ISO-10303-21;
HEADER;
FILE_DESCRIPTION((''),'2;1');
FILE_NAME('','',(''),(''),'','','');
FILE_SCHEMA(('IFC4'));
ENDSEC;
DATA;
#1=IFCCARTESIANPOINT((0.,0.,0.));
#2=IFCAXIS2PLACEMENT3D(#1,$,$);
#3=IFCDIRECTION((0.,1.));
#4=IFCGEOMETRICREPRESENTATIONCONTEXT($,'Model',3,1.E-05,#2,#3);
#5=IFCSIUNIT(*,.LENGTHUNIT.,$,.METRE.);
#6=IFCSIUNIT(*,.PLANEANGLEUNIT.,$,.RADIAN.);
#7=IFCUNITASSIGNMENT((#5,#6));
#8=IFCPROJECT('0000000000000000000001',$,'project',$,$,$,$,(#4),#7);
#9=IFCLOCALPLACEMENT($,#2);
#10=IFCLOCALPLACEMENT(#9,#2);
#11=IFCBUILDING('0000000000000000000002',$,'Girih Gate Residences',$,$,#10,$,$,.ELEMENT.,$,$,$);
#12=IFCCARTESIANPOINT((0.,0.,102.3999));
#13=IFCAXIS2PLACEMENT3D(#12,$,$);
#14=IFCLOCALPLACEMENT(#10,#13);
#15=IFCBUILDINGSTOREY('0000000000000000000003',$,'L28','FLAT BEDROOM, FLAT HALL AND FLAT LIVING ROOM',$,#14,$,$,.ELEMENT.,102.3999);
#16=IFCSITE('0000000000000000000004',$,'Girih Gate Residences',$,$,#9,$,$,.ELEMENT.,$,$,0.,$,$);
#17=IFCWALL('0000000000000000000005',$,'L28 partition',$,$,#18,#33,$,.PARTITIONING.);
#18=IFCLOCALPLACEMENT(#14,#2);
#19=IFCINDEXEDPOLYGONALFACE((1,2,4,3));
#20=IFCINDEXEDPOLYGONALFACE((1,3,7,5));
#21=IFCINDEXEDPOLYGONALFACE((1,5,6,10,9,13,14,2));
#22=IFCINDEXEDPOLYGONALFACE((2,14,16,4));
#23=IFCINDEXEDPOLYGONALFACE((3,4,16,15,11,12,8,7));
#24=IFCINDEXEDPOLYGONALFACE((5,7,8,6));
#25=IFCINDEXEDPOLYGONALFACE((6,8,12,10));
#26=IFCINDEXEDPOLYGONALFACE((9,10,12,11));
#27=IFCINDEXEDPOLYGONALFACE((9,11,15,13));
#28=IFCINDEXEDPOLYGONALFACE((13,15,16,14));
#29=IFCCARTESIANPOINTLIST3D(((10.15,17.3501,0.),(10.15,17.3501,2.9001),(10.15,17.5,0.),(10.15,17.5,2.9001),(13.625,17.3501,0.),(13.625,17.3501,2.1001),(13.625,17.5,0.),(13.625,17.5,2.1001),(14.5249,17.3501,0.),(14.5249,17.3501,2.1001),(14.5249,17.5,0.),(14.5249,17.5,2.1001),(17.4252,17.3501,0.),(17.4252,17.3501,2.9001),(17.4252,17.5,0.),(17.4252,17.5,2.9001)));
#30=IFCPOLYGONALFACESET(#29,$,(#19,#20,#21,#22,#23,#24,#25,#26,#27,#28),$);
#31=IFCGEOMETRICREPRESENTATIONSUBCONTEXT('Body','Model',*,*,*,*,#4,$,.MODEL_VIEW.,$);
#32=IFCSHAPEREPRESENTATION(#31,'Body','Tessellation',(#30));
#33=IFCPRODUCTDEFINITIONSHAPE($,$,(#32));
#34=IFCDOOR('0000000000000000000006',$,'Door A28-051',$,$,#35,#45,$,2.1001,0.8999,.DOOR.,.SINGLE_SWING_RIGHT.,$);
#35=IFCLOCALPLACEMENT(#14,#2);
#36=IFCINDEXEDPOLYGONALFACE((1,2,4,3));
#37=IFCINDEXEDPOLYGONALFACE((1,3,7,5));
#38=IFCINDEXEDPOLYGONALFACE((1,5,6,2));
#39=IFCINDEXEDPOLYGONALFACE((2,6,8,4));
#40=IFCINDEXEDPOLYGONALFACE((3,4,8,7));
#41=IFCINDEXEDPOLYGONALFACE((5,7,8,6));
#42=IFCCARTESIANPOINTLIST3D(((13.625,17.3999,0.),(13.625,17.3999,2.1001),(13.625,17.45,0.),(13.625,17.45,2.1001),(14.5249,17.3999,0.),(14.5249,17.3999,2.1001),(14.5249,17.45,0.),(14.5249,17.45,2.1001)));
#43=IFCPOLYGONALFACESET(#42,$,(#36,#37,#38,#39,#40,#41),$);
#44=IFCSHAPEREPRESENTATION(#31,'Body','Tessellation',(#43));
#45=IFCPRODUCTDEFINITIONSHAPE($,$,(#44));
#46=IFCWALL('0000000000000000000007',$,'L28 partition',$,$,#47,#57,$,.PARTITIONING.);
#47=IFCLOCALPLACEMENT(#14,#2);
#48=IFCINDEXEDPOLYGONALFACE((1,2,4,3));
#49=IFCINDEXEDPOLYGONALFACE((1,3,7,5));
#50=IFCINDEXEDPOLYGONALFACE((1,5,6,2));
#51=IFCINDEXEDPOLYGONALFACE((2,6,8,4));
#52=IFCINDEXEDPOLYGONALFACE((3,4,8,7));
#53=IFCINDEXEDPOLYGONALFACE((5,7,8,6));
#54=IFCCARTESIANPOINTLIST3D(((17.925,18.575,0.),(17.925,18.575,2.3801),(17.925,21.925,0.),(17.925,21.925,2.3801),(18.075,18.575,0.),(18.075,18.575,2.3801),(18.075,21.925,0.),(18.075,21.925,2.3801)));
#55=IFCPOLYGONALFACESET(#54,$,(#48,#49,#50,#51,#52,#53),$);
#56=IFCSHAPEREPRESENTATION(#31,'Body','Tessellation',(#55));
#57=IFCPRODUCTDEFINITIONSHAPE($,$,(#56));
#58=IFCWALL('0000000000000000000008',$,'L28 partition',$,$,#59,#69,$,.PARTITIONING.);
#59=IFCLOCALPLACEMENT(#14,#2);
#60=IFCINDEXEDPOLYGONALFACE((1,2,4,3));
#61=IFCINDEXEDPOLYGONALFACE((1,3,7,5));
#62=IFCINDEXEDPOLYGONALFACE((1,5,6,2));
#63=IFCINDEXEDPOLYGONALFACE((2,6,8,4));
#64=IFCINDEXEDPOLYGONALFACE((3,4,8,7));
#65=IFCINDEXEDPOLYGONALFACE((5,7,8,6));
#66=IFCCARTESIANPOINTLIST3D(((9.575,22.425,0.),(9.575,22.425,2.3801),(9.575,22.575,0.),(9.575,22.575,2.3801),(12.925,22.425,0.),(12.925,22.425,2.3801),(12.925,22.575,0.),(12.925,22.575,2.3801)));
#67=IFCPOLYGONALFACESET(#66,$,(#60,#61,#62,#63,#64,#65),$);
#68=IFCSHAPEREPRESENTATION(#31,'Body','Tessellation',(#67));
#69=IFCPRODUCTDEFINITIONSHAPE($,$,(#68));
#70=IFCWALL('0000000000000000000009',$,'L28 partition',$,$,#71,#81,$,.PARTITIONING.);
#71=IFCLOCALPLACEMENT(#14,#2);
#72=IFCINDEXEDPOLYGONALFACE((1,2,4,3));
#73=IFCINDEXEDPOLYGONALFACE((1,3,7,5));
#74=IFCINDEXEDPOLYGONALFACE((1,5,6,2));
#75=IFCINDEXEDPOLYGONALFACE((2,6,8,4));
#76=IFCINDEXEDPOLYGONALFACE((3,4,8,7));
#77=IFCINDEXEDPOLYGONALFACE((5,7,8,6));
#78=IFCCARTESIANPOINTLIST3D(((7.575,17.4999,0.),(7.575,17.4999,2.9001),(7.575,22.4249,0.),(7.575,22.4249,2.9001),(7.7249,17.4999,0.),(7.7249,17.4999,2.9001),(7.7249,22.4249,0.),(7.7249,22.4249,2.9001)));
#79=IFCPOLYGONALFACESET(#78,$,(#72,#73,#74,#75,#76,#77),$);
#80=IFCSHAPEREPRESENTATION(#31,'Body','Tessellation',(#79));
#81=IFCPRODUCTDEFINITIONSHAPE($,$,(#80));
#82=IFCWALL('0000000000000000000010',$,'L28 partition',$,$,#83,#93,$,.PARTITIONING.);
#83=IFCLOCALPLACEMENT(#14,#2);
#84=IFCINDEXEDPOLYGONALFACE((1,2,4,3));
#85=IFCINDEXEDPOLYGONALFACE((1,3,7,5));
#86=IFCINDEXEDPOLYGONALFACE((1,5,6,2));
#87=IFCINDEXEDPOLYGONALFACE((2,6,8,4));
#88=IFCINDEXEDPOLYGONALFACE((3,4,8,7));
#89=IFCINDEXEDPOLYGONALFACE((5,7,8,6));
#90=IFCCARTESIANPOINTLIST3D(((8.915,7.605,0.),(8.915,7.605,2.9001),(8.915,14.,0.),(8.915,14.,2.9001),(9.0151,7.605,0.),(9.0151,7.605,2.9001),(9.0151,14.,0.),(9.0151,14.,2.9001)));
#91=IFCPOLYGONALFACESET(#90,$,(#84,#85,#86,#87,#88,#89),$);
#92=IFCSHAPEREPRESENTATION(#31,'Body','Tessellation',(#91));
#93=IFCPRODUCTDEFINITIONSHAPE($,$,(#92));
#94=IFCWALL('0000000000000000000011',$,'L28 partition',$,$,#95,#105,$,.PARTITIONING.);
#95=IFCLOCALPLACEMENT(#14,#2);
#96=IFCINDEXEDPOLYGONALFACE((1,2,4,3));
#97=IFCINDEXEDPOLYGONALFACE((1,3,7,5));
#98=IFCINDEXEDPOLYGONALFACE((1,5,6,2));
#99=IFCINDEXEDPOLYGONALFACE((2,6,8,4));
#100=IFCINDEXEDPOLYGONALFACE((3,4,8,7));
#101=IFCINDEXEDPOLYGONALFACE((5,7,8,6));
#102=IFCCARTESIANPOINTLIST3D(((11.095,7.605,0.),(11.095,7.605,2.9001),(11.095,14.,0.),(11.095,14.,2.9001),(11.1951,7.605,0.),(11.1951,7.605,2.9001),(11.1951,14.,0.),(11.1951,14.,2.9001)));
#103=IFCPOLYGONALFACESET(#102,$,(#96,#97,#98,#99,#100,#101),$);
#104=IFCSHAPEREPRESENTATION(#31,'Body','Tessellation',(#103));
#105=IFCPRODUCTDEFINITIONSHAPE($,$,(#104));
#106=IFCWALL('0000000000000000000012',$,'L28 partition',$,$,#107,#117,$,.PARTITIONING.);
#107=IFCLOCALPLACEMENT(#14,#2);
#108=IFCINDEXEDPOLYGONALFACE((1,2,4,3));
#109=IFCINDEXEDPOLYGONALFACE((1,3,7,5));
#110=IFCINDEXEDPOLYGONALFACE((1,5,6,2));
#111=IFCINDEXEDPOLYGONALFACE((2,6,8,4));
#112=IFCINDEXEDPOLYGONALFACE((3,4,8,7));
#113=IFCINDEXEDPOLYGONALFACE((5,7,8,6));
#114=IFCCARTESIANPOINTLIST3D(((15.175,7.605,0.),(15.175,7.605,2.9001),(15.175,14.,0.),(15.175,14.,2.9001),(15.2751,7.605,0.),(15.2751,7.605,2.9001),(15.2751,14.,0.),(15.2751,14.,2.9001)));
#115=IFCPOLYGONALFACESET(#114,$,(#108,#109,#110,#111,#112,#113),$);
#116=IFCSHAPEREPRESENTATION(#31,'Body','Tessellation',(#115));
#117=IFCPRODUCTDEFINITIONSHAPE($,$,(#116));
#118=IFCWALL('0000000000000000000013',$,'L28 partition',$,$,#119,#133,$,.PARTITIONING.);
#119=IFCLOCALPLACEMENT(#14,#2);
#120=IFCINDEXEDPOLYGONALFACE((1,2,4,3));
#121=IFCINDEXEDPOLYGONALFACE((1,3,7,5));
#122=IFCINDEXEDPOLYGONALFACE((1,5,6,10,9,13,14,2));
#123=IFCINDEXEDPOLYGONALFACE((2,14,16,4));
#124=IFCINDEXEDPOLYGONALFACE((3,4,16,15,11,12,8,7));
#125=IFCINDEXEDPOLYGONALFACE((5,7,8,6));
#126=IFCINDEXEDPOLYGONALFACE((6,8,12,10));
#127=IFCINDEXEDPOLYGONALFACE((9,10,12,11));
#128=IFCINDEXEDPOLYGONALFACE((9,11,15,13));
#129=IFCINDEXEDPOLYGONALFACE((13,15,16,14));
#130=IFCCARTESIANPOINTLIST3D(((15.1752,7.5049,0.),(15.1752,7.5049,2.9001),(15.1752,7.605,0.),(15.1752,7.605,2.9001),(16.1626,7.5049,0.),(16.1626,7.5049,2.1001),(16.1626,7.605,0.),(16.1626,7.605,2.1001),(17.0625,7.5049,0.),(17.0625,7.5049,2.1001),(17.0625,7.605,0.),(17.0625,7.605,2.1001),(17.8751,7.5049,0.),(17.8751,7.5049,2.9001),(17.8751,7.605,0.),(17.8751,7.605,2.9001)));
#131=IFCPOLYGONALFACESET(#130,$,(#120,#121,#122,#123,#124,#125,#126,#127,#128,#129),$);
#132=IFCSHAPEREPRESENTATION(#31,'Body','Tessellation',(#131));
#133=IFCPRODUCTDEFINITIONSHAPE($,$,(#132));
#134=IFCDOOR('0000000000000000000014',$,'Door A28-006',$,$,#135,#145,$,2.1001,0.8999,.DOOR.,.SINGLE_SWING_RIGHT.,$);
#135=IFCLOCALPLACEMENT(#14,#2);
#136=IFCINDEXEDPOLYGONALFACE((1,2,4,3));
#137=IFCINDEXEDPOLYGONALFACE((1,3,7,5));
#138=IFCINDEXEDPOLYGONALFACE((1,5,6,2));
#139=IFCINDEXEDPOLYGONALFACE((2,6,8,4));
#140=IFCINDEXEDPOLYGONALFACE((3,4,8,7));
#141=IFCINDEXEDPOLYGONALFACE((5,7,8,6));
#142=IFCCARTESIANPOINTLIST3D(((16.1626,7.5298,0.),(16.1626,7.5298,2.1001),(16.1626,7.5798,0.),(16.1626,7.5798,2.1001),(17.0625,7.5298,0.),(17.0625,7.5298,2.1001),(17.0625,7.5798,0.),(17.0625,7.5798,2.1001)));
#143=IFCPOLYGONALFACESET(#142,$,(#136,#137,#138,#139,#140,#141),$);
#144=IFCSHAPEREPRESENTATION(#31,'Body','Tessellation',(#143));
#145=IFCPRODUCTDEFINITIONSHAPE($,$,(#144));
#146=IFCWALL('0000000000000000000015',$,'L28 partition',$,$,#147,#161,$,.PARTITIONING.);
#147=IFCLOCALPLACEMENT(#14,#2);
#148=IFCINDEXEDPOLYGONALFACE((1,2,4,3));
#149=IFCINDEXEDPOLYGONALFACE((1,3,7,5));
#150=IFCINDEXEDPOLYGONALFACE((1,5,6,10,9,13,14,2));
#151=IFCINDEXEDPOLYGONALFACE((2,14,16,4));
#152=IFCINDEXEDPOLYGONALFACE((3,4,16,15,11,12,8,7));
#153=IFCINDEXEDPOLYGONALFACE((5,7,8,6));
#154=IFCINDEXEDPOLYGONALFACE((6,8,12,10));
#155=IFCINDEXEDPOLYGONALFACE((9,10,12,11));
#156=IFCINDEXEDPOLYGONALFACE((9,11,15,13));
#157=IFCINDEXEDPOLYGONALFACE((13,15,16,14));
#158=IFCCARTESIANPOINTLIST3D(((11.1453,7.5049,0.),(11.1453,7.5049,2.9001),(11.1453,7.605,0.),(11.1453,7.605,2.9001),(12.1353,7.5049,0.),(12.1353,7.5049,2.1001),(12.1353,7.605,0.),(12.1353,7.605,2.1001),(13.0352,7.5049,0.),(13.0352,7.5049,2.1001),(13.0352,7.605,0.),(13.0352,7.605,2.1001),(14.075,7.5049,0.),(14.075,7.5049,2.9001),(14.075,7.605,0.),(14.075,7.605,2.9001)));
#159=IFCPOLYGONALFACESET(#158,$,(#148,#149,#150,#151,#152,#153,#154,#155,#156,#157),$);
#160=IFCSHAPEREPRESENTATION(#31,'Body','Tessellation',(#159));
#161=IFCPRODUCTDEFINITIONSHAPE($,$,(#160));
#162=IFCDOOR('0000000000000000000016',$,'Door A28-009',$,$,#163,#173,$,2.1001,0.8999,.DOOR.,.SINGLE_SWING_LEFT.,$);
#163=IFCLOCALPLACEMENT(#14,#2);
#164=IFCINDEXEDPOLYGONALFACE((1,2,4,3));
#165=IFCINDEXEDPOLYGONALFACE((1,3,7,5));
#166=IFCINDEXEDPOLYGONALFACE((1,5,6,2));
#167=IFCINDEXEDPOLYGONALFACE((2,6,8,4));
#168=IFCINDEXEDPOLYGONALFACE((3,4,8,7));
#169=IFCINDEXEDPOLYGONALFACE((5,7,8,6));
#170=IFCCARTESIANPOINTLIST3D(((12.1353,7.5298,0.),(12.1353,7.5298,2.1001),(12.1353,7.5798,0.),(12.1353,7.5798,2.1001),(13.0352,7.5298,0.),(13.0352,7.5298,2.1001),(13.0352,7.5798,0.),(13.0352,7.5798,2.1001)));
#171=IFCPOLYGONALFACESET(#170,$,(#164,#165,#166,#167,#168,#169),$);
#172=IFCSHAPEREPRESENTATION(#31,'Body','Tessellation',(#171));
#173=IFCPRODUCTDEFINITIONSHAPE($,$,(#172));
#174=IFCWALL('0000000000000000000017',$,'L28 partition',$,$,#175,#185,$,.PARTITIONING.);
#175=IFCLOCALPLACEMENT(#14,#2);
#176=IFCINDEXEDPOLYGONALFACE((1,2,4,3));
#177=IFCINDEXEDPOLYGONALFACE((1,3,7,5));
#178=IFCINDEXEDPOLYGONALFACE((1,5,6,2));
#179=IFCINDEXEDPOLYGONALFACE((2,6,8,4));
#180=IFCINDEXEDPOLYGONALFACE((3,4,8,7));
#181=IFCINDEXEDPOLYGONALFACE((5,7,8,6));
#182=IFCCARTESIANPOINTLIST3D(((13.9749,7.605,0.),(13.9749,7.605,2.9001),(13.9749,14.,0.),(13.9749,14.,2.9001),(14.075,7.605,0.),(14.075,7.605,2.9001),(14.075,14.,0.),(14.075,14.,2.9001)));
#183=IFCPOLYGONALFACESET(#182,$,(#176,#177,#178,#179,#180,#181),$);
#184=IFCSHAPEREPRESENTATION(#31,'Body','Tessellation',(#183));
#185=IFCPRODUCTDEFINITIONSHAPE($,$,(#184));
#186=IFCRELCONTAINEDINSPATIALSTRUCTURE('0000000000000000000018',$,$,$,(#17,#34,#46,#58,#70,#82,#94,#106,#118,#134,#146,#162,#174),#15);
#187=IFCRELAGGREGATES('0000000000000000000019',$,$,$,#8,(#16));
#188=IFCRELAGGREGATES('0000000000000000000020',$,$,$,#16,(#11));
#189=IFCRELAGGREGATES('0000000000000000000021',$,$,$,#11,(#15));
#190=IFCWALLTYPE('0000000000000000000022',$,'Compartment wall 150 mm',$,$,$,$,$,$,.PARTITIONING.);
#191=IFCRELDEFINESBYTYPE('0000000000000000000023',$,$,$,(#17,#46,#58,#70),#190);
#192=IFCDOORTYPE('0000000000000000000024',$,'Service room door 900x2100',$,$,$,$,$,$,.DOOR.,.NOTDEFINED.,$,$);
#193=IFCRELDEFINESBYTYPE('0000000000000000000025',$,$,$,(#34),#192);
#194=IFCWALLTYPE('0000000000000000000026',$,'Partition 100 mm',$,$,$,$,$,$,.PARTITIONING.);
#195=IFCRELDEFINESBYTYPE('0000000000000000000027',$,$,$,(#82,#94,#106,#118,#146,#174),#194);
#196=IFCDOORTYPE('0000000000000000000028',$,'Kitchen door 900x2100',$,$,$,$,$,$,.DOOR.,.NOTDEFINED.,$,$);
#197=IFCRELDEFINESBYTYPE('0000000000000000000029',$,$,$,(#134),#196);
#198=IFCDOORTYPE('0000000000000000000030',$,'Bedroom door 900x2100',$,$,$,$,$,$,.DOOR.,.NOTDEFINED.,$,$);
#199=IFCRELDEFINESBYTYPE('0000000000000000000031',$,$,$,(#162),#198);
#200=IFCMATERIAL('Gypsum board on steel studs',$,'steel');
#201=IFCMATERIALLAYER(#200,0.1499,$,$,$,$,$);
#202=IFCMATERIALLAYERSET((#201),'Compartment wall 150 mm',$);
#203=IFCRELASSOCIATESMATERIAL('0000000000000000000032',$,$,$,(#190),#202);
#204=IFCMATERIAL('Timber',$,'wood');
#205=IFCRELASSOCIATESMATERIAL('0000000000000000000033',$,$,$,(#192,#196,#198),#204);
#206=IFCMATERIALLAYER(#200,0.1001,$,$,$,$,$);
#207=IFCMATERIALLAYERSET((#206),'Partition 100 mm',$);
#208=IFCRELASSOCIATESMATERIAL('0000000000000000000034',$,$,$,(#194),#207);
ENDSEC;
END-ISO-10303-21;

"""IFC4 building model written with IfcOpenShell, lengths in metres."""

from ifc_helpers import new_model, si_unit, direction, frame, frame_2d, origin, place, context, subcontext, project, spatial, rectangle, extrude, material, layer, layer_set, type_object, element, fill, save


model = new_model("IFC4")

# Units and contexts
model_context = context("Model", 3, precision=1e-05, world=origin(), true_north=direction((0.0, 1.0)))
body_context = subcontext(model_context, "Body", "Model", "MODEL_VIEW")
ifc_project = project(units=[si_unit("LENGTHUNIT", "METRE"), si_unit("PLANEANGLEUNIT", "RADIAN")], contexts=[model_context])

# Site, building, storey
site_placement = place(None, origin())
site = spatial("IfcSite", under=ifc_project, at=site_placement, Name="Girih Gate Residences", CompositionType="ELEMENT", RefElevation=0.0)
building_placement = place(site_placement, origin())
building = spatial("IfcBuilding", under=site, at=building_placement, Name="Girih Gate Residences", CompositionType="ELEMENT")
storey_placement = place(building_placement, frame((0.0, 0.0, 102.3999)))
storey = spatial("IfcBuildingStorey", under=building, at=storey_placement, Name="L28", Description="FLAT BEDROOM, FLAT HALL AND FLAT LIVING ROOM", CompositionType="ELEMENT", Elevation=102.3999)

# Shared definitions
ifc_material_1 = material(Name="Gypsum board on steel studs", Category="steel")

# Shared definitions
ifc_layer_1 = layer(ifc_material_1, 0.1499)
ifc_layer_set_1 = layer_set([ifc_layer_1], Name="Compartment wall 150 mm")
wall_type_1 = type_object("IfcWallType", Name="Compartment wall 150 mm", PredefinedType="PARTITIONING", material=ifc_layer_set_1)

# Wall, opening, door
wall_1_placement = place(storey_placement, frame((10.1499, 17.425, 0.0), z_axis=(0.0, 0.0, 1.0), x_axis=(1.0, 0.0, 0.0)))
wall_1 = element("IfcWall", 1, at=wall_1_placement, inside=storey, type_object=wall_type_1, Name="L28 partition", PredefinedType="PARTITIONING", context=body_context, shape_type="SweptSolid", body=[
    extrude(rectangle(XDim=7.2751, YDim=0.1499, at=frame_2d((3.6377, 0.0))), origin(), (0.0, 0.0, 1.0), 2.9001),
])
opening_1_placement = place(wall_1_placement, frame((3.4751, 0.0, 0.0)))
opening_1 = element("IfcOpeningElement", 2, at=opening_1_placement, cuts=wall_1, PredefinedType="OPENING", context=body_context, shape_type="SweptSolid", body=[
    extrude(rectangle(XDim=0.8999, YDim=2.1001, at=frame_2d((0.45, 1.05))), frame((0.0, 0.085, 0.0), z_axis=(0.0, -1.0, 0.0), x_axis=(1.0, 0.0, 0.0)), (0.0, 0.0, 1.0), 0.1699),
])
ifc_material_2 = material(Name="Timber", Category="wood")
door_type_1 = type_object("IfcDoorType", Name="Service room door 900x2100", OperationType="NOTDEFINED", PredefinedType="DOOR", material=ifc_material_2)
door_1_placement = place(opening_1_placement, origin())
door_1 = element("IfcDoor", 3, at=door_1_placement, inside=storey, type_object=door_type_1, Name="Door A28-051", OperationType="SINGLE_SWING_RIGHT", OverallHeight=2.1001, OverallWidth=0.8999, PredefinedType="DOOR", context=body_context, shape_type="SweptSolid", body=[
    extrude(rectangle(XDim=0.8999, YDim=2.1001, at=frame_2d((0.45, 1.05))), frame((0.0, 0.0249, 0.0), z_axis=(0.0, -1.0, 0.0), x_axis=(1.0, 0.0, 0.0)), (0.0, 0.0, 1.0), 0.05),
])
fill(opening_1, door_1)

# Walls
for number, where, z_axis, x_axis, name in (
    (4, (18.0, 18.575, 0.0), (0.0, 0.0, 1.0), (0.0, 1.0, 0.0), "L28 partition"),
    (5, (9.575, 22.5, 0.0), (0.0, 0.0, 1.0), (1.0, 0.0, 0.0), "L28 partition"),
):
    element("IfcWall", number, at=place(storey_placement, frame(where, z_axis=z_axis, x_axis=x_axis)), inside=storey, type_object=wall_type_1, Name=name, PredefinedType="PARTITIONING", context=body_context, shape_type="SweptSolid", body=[
        extrude(rectangle(XDim=3.3501, YDim=0.1499, at=frame_2d((1.675, 0.0))), origin(), (0.0, 0.0, 1.0), 2.3801),
    ])
wall_2_placement = place(storey_placement, frame((7.6499, 17.5, 0.0), z_axis=(0.0, 0.0, 1.0), x_axis=(0.0, 1.0, 0.0)))
element("IfcWall", 6, at=wall_2_placement, inside=storey, type_object=wall_type_1, Name="L28 partition", PredefinedType="PARTITIONING", context=body_context, shape_type="SweptSolid", body=[
    extrude(rectangle(XDim=4.925, YDim=0.1499, at=frame_2d((2.4624, 0.0))), origin(), (0.0, 0.0, 1.0), 2.9001),
])
ifc_layer_2 = layer(ifc_material_1, 0.1001)
ifc_layer_set_2 = layer_set([ifc_layer_2], Name="Partition 100 mm")
wall_type_2 = type_object("IfcWallType", Name="Partition 100 mm", PredefinedType="PARTITIONING", material=ifc_layer_set_2)
for number, where, z_axis, x_axis, name in (
    (7, (8.9651, 7.605, 0.0), (0.0, 0.0, 1.0), (0.0, 1.0, 0.0), "L28 partition"),
    (8, (11.145, 7.605, 0.0), (0.0, 0.0, 1.0), (0.0, 1.0, 0.0), "L28 partition"),
    (9, (15.2251, 7.605, 0.0), (0.0, 0.0, 1.0), (0.0, 1.0, 0.0), "L28 partition"),
):
    element("IfcWall", number, at=place(storey_placement, frame(where, z_axis=z_axis, x_axis=x_axis)), inside=storey, type_object=wall_type_2, Name=name, PredefinedType="PARTITIONING", context=body_context, shape_type="SweptSolid", body=[
        extrude(rectangle(XDim=6.395, YDim=0.1001, at=frame_2d((3.1975, 0.0))), origin(), (0.0, 0.0, 1.0), 2.9001),
    ])

# Walls, openings, doors
wall_3_placement = place(storey_placement, frame((15.175, 7.5549, 0.0), z_axis=(0.0, 0.0, 1.0), x_axis=(1.0, 0.0, 0.0)))
wall_3 = element("IfcWall", 10, at=wall_3_placement, inside=storey, type_object=wall_type_2, Name="L28 partition", PredefinedType="PARTITIONING", context=body_context, shape_type="SweptSolid", body=[
    extrude(rectangle(XDim=2.7, YDim=0.1001, at=frame_2d((1.3501, 0.0))), origin(), (0.0, 0.0, 1.0), 2.9001),
])
opening_2_placement = place(wall_3_placement, frame((0.9875, 0.0, 0.0)))
opening_2 = element("IfcOpeningElement", 11, at=opening_2_placement, cuts=wall_3, PredefinedType="OPENING", context=body_context, shape_type="SweptSolid", body=[
    extrude(rectangle(XDim=0.8999, YDim=2.1001, at=frame_2d((0.45, 1.05))), frame((0.0, 0.0601, 0.0), z_axis=(0.0, -1.0, 0.0), x_axis=(1.0, 0.0, 0.0)), (0.0, 0.0, 1.0), 0.1201),
])
door_type_2 = type_object("IfcDoorType", Name="Kitchen door 900x2100", OperationType="NOTDEFINED", PredefinedType="DOOR", material=ifc_material_2)
door_2_placement = place(opening_2_placement, origin())
door_2 = element("IfcDoor", 12, at=door_2_placement, inside=storey, type_object=door_type_2, Name="Door A28-006", OperationType="SINGLE_SWING_RIGHT", OverallHeight=2.1001, OverallWidth=0.8999, PredefinedType="DOOR", context=body_context, shape_type="SweptSolid", body=[
    extrude(rectangle(XDim=0.8999, YDim=2.1001, at=frame_2d((0.45, 1.05))), frame((0.0, 0.0249, 0.0), z_axis=(0.0, -1.0, 0.0), x_axis=(1.0, 0.0, 0.0)), (0.0, 0.0, 1.0), 0.05),
])
fill(opening_2, door_2)
wall_4_placement = place(storey_placement, frame((11.1453, 7.5549, 0.0), z_axis=(0.0, 0.0, 1.0), x_axis=(1.0, 0.0, 0.0)))
wall_4 = element("IfcWall", 13, at=wall_4_placement, inside=storey, type_object=wall_type_2, Name="L28 partition", PredefinedType="PARTITIONING", context=body_context, shape_type="SweptSolid", body=[
    extrude(rectangle(XDim=2.9297, YDim=0.1001, at=frame_2d((1.4648, 0.0))), origin(), (0.0, 0.0, 1.0), 2.9001),
])
opening_3_placement = place(wall_4_placement, frame((0.99, 0.0, 0.0)))
opening_3 = element("IfcOpeningElement", 14, at=opening_3_placement, cuts=wall_4, PredefinedType="OPENING", context=body_context, shape_type="SweptSolid", body=[
    extrude(rectangle(XDim=0.8999, YDim=2.1001, at=frame_2d((0.45, 1.05))), frame((0.0, 0.0601, 0.0), z_axis=(0.0, -1.0, 0.0), x_axis=(1.0, 0.0, 0.0)), (0.0, 0.0, 1.0), 0.1201),
])
door_type_3 = type_object("IfcDoorType", Name="Bedroom door 900x2100", OperationType="NOTDEFINED", PredefinedType="DOOR", material=ifc_material_2)
door_3_placement = place(opening_3_placement, origin())
door_3 = element("IfcDoor", 15, at=door_3_placement, inside=storey, type_object=door_type_3, Name="Door A28-009", OperationType="SINGLE_SWING_LEFT", OverallHeight=2.1001, OverallWidth=0.8999, PredefinedType="DOOR", context=body_context, shape_type="SweptSolid", body=[
    extrude(rectangle(XDim=0.8999, YDim=2.1001, at=frame_2d((0.45, 1.05))), frame((0.0, 0.0249, 0.0), z_axis=(0.0, -1.0, 0.0), x_axis=(1.0, 0.0, 0.0)), (0.0, 0.0, 1.0), 0.05),
])
fill(opening_3, door_3)

# Wall
wall_5_placement = place(storey_placement, frame((14.0249, 7.605, 0.0), z_axis=(0.0, 0.0, 1.0), x_axis=(0.0, 1.0, 0.0)))
element("IfcWall", 16, at=wall_5_placement, inside=storey, type_object=wall_type_2, Name="L28 partition", PredefinedType="PARTITIONING", context=body_context, shape_type="SweptSolid", body=[
    extrude(rectangle(XDim=6.395, YDim=0.1001, at=frame_2d((3.1975, 0.0))), origin(), (0.0, 0.0, 1.0), 2.9001),
])

save(model, "model.ifc")
